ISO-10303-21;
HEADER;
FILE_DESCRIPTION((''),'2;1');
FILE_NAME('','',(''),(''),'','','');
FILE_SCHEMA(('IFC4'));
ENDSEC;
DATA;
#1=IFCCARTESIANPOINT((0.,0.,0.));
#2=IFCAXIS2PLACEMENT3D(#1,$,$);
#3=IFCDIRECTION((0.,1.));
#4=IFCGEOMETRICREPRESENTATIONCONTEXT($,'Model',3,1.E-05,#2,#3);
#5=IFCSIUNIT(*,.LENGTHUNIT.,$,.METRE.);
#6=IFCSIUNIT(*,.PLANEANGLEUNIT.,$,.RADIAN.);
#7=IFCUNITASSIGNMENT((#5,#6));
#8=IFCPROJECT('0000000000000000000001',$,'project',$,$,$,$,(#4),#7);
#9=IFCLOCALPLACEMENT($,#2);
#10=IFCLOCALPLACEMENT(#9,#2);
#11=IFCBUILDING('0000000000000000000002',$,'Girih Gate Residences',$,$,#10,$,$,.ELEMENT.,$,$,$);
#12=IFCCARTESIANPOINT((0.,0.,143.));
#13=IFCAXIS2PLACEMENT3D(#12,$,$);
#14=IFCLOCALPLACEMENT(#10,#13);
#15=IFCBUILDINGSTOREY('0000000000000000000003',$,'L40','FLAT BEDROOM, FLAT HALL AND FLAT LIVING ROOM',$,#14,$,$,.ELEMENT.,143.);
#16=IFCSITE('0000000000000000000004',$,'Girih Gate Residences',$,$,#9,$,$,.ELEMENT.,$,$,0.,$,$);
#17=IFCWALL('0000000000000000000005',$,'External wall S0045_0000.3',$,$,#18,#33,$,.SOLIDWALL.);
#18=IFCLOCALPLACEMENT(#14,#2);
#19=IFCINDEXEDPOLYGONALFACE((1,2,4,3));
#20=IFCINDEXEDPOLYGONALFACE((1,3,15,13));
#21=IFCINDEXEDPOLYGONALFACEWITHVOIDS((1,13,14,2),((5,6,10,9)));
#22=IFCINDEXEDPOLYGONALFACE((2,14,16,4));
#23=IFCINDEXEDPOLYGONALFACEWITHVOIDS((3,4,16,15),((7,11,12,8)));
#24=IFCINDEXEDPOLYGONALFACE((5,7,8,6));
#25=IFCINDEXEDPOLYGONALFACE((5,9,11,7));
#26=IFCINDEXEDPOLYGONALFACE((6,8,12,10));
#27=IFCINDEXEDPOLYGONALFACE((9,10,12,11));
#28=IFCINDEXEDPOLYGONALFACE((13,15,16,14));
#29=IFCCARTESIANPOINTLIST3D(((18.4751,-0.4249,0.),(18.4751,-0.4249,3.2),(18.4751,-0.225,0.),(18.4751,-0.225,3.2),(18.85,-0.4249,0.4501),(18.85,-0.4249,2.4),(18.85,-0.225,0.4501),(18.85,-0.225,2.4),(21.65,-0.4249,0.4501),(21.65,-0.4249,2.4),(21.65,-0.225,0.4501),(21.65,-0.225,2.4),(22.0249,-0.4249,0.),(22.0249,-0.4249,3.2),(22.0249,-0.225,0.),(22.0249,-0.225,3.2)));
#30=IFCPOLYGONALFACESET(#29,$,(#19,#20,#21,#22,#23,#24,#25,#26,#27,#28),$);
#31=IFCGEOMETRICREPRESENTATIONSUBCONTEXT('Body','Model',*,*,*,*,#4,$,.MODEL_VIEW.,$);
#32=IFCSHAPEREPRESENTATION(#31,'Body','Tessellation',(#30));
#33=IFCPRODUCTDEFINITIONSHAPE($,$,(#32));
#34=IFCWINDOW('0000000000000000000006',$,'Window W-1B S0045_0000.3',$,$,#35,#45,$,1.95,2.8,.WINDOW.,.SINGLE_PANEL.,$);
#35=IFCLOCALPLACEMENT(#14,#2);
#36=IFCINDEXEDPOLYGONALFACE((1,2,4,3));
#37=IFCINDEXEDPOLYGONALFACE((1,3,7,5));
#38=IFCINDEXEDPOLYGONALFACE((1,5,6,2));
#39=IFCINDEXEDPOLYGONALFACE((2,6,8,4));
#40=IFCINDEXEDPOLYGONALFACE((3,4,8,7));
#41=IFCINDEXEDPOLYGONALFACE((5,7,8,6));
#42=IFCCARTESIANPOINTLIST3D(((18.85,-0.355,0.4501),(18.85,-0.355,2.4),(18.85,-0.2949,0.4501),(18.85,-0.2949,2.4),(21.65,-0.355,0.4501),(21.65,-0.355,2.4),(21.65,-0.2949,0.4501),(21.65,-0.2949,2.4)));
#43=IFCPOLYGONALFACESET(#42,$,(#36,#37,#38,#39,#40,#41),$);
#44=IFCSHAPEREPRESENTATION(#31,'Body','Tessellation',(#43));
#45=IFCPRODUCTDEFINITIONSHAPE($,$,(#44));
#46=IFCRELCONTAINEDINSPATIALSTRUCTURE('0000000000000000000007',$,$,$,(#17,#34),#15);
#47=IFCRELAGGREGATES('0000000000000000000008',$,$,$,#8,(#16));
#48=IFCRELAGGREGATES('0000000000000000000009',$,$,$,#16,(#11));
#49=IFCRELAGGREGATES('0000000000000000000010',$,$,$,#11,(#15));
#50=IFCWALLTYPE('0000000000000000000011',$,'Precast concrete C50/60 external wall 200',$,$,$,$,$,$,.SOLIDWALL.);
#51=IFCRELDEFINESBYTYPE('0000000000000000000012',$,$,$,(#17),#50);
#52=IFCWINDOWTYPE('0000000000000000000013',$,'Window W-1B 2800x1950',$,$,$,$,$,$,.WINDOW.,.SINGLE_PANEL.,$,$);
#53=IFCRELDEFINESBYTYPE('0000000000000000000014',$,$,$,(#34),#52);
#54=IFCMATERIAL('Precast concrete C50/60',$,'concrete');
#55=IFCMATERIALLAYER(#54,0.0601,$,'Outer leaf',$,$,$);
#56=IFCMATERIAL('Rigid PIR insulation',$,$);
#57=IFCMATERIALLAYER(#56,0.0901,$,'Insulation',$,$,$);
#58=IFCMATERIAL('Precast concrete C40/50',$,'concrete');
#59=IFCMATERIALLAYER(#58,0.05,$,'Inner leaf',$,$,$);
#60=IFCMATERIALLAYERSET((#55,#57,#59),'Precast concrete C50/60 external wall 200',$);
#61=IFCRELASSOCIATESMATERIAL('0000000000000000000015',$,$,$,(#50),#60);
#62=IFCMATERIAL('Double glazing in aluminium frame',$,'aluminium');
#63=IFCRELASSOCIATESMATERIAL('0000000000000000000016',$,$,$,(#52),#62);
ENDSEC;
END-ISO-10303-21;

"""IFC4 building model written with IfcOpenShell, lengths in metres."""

from ifc_helpers import new_model, si_unit, direction, frame, frame_2d, origin, place, context, subcontext, project, spatial, rectangle, extrude, material, layer, layer_set, type_object, element, fill, save


model = new_model("IFC4")

# Units and contexts
model_context = context("Model", 3, precision=1e-05, world=origin(), true_north=direction((0.0, 1.0)))
body_context = subcontext(model_context, "Body", "Model", "MODEL_VIEW")
ifc_project = project(units=[si_unit("LENGTHUNIT", "METRE"), si_unit("PLANEANGLEUNIT", "RADIAN")], contexts=[model_context])

# Site, building, storey
site_placement = place(None, origin())
site = spatial("IfcSite", under=ifc_project, at=site_placement, Name="Girih Gate Residences", CompositionType="ELEMENT", RefElevation=0.0)
building_placement = place(site_placement, origin())
building = spatial("IfcBuilding", under=site, at=building_placement, Name="Girih Gate Residences", CompositionType="ELEMENT")
storey_placement = place(building_placement, frame((0.0, 0.0, 143.0)))
storey = spatial("IfcBuildingStorey", under=building, at=storey_placement, Name="L40", Description="FLAT BEDROOM, FLAT HALL AND FLAT LIVING ROOM", CompositionType="ELEMENT", Elevation=143.0)

# Wall, opening, window
ifc_material_1 = material(Name="Precast concrete C50/60", Category="concrete")
ifc_layer_1 = layer(ifc_material_1, 0.0601, Name="Outer leaf")
ifc_material_2 = material(Name="Rigid PIR insulation")
ifc_layer_2 = layer(ifc_material_2, 0.0901, Name="Insulation")
ifc_material_3 = material(Name="Precast concrete C40/50", Category="concrete")
ifc_layer_3 = layer(ifc_material_3, 0.05, Name="Inner leaf")
ifc_layer_set_1 = layer_set([ifc_layer_1, ifc_layer_2, ifc_layer_3], Name="Precast concrete C50/60 external wall 200")
wall_type_1 = type_object("IfcWallType", Name="Precast concrete C50/60 external wall 200", PredefinedType="SOLIDWALL", material=ifc_layer_set_1)
ifc_material_4 = material(Name="Double glazing in aluminium frame", Category="aluminium")
window_type = type_object("IfcWindowType", Name="Window W-1B 2800x1950", PartitioningType="SINGLE_PANEL", PredefinedType="WINDOW", material=ifc_material_4)
wall_1_placement = place(storey_placement, frame((22.0249, -0.325, 0.0), z_axis=(0.0, 0.0, 1.0), x_axis=(-1.0, 0.0, 0.0)))
wall_1 = element("IfcWall", 1, at=wall_1_placement, inside=storey, type_object=wall_type_1, Name="External wall S0045_0000.3", PredefinedType="SOLIDWALL", context=body_context, shape_type="SweptSolid", body=[
    extrude(rectangle(XDim=3.5498, YDim=0.2, at=frame_2d((1.7749, 0.0))), origin(), (0.0, 0.0, 1.0), 3.2),
])
opening_1_placement = place(wall_1_placement, frame((0.375, 0.0, 0.45)))
opening_1 = element("IfcOpeningElement", 2, at=opening_1_placement, cuts=wall_1, PredefinedType="OPENING", context=body_context, shape_type="SweptSolid", body=[
    extrude(rectangle(XDim=2.8, YDim=1.95, at=frame_2d((1.3999, 0.9751))), frame((0.0, 0.1099, 0.0), z_axis=(0.0, -1.0, 0.0), x_axis=(1.0, 0.0, 0.0)), (0.0, 0.0, 1.0), 0.22),
])
window_1_placement = place(opening_1_placement, origin())
window_1 = element("IfcWindow", 3, at=window_1_placement, inside=storey, type_object=window_type, Name="Window W-1B S0045_0000.3", OverallHeight=1.95, OverallWidth=2.8, PartitioningType="SINGLE_PANEL", PredefinedType="WINDOW", context=body_context, shape_type="SweptSolid", body=[
    extrude(rectangle(XDim=2.8, YDim=1.95, at=frame_2d((1.3999, 0.9751))), frame((0.0, 0.03, 0.0), z_axis=(0.0, -1.0, 0.0), x_axis=(1.0, 0.0, 0.0)), (0.0, 0.0, 1.0), 0.0601),
])
fill(opening_1, window_1)

save(model, "model.ifc")
